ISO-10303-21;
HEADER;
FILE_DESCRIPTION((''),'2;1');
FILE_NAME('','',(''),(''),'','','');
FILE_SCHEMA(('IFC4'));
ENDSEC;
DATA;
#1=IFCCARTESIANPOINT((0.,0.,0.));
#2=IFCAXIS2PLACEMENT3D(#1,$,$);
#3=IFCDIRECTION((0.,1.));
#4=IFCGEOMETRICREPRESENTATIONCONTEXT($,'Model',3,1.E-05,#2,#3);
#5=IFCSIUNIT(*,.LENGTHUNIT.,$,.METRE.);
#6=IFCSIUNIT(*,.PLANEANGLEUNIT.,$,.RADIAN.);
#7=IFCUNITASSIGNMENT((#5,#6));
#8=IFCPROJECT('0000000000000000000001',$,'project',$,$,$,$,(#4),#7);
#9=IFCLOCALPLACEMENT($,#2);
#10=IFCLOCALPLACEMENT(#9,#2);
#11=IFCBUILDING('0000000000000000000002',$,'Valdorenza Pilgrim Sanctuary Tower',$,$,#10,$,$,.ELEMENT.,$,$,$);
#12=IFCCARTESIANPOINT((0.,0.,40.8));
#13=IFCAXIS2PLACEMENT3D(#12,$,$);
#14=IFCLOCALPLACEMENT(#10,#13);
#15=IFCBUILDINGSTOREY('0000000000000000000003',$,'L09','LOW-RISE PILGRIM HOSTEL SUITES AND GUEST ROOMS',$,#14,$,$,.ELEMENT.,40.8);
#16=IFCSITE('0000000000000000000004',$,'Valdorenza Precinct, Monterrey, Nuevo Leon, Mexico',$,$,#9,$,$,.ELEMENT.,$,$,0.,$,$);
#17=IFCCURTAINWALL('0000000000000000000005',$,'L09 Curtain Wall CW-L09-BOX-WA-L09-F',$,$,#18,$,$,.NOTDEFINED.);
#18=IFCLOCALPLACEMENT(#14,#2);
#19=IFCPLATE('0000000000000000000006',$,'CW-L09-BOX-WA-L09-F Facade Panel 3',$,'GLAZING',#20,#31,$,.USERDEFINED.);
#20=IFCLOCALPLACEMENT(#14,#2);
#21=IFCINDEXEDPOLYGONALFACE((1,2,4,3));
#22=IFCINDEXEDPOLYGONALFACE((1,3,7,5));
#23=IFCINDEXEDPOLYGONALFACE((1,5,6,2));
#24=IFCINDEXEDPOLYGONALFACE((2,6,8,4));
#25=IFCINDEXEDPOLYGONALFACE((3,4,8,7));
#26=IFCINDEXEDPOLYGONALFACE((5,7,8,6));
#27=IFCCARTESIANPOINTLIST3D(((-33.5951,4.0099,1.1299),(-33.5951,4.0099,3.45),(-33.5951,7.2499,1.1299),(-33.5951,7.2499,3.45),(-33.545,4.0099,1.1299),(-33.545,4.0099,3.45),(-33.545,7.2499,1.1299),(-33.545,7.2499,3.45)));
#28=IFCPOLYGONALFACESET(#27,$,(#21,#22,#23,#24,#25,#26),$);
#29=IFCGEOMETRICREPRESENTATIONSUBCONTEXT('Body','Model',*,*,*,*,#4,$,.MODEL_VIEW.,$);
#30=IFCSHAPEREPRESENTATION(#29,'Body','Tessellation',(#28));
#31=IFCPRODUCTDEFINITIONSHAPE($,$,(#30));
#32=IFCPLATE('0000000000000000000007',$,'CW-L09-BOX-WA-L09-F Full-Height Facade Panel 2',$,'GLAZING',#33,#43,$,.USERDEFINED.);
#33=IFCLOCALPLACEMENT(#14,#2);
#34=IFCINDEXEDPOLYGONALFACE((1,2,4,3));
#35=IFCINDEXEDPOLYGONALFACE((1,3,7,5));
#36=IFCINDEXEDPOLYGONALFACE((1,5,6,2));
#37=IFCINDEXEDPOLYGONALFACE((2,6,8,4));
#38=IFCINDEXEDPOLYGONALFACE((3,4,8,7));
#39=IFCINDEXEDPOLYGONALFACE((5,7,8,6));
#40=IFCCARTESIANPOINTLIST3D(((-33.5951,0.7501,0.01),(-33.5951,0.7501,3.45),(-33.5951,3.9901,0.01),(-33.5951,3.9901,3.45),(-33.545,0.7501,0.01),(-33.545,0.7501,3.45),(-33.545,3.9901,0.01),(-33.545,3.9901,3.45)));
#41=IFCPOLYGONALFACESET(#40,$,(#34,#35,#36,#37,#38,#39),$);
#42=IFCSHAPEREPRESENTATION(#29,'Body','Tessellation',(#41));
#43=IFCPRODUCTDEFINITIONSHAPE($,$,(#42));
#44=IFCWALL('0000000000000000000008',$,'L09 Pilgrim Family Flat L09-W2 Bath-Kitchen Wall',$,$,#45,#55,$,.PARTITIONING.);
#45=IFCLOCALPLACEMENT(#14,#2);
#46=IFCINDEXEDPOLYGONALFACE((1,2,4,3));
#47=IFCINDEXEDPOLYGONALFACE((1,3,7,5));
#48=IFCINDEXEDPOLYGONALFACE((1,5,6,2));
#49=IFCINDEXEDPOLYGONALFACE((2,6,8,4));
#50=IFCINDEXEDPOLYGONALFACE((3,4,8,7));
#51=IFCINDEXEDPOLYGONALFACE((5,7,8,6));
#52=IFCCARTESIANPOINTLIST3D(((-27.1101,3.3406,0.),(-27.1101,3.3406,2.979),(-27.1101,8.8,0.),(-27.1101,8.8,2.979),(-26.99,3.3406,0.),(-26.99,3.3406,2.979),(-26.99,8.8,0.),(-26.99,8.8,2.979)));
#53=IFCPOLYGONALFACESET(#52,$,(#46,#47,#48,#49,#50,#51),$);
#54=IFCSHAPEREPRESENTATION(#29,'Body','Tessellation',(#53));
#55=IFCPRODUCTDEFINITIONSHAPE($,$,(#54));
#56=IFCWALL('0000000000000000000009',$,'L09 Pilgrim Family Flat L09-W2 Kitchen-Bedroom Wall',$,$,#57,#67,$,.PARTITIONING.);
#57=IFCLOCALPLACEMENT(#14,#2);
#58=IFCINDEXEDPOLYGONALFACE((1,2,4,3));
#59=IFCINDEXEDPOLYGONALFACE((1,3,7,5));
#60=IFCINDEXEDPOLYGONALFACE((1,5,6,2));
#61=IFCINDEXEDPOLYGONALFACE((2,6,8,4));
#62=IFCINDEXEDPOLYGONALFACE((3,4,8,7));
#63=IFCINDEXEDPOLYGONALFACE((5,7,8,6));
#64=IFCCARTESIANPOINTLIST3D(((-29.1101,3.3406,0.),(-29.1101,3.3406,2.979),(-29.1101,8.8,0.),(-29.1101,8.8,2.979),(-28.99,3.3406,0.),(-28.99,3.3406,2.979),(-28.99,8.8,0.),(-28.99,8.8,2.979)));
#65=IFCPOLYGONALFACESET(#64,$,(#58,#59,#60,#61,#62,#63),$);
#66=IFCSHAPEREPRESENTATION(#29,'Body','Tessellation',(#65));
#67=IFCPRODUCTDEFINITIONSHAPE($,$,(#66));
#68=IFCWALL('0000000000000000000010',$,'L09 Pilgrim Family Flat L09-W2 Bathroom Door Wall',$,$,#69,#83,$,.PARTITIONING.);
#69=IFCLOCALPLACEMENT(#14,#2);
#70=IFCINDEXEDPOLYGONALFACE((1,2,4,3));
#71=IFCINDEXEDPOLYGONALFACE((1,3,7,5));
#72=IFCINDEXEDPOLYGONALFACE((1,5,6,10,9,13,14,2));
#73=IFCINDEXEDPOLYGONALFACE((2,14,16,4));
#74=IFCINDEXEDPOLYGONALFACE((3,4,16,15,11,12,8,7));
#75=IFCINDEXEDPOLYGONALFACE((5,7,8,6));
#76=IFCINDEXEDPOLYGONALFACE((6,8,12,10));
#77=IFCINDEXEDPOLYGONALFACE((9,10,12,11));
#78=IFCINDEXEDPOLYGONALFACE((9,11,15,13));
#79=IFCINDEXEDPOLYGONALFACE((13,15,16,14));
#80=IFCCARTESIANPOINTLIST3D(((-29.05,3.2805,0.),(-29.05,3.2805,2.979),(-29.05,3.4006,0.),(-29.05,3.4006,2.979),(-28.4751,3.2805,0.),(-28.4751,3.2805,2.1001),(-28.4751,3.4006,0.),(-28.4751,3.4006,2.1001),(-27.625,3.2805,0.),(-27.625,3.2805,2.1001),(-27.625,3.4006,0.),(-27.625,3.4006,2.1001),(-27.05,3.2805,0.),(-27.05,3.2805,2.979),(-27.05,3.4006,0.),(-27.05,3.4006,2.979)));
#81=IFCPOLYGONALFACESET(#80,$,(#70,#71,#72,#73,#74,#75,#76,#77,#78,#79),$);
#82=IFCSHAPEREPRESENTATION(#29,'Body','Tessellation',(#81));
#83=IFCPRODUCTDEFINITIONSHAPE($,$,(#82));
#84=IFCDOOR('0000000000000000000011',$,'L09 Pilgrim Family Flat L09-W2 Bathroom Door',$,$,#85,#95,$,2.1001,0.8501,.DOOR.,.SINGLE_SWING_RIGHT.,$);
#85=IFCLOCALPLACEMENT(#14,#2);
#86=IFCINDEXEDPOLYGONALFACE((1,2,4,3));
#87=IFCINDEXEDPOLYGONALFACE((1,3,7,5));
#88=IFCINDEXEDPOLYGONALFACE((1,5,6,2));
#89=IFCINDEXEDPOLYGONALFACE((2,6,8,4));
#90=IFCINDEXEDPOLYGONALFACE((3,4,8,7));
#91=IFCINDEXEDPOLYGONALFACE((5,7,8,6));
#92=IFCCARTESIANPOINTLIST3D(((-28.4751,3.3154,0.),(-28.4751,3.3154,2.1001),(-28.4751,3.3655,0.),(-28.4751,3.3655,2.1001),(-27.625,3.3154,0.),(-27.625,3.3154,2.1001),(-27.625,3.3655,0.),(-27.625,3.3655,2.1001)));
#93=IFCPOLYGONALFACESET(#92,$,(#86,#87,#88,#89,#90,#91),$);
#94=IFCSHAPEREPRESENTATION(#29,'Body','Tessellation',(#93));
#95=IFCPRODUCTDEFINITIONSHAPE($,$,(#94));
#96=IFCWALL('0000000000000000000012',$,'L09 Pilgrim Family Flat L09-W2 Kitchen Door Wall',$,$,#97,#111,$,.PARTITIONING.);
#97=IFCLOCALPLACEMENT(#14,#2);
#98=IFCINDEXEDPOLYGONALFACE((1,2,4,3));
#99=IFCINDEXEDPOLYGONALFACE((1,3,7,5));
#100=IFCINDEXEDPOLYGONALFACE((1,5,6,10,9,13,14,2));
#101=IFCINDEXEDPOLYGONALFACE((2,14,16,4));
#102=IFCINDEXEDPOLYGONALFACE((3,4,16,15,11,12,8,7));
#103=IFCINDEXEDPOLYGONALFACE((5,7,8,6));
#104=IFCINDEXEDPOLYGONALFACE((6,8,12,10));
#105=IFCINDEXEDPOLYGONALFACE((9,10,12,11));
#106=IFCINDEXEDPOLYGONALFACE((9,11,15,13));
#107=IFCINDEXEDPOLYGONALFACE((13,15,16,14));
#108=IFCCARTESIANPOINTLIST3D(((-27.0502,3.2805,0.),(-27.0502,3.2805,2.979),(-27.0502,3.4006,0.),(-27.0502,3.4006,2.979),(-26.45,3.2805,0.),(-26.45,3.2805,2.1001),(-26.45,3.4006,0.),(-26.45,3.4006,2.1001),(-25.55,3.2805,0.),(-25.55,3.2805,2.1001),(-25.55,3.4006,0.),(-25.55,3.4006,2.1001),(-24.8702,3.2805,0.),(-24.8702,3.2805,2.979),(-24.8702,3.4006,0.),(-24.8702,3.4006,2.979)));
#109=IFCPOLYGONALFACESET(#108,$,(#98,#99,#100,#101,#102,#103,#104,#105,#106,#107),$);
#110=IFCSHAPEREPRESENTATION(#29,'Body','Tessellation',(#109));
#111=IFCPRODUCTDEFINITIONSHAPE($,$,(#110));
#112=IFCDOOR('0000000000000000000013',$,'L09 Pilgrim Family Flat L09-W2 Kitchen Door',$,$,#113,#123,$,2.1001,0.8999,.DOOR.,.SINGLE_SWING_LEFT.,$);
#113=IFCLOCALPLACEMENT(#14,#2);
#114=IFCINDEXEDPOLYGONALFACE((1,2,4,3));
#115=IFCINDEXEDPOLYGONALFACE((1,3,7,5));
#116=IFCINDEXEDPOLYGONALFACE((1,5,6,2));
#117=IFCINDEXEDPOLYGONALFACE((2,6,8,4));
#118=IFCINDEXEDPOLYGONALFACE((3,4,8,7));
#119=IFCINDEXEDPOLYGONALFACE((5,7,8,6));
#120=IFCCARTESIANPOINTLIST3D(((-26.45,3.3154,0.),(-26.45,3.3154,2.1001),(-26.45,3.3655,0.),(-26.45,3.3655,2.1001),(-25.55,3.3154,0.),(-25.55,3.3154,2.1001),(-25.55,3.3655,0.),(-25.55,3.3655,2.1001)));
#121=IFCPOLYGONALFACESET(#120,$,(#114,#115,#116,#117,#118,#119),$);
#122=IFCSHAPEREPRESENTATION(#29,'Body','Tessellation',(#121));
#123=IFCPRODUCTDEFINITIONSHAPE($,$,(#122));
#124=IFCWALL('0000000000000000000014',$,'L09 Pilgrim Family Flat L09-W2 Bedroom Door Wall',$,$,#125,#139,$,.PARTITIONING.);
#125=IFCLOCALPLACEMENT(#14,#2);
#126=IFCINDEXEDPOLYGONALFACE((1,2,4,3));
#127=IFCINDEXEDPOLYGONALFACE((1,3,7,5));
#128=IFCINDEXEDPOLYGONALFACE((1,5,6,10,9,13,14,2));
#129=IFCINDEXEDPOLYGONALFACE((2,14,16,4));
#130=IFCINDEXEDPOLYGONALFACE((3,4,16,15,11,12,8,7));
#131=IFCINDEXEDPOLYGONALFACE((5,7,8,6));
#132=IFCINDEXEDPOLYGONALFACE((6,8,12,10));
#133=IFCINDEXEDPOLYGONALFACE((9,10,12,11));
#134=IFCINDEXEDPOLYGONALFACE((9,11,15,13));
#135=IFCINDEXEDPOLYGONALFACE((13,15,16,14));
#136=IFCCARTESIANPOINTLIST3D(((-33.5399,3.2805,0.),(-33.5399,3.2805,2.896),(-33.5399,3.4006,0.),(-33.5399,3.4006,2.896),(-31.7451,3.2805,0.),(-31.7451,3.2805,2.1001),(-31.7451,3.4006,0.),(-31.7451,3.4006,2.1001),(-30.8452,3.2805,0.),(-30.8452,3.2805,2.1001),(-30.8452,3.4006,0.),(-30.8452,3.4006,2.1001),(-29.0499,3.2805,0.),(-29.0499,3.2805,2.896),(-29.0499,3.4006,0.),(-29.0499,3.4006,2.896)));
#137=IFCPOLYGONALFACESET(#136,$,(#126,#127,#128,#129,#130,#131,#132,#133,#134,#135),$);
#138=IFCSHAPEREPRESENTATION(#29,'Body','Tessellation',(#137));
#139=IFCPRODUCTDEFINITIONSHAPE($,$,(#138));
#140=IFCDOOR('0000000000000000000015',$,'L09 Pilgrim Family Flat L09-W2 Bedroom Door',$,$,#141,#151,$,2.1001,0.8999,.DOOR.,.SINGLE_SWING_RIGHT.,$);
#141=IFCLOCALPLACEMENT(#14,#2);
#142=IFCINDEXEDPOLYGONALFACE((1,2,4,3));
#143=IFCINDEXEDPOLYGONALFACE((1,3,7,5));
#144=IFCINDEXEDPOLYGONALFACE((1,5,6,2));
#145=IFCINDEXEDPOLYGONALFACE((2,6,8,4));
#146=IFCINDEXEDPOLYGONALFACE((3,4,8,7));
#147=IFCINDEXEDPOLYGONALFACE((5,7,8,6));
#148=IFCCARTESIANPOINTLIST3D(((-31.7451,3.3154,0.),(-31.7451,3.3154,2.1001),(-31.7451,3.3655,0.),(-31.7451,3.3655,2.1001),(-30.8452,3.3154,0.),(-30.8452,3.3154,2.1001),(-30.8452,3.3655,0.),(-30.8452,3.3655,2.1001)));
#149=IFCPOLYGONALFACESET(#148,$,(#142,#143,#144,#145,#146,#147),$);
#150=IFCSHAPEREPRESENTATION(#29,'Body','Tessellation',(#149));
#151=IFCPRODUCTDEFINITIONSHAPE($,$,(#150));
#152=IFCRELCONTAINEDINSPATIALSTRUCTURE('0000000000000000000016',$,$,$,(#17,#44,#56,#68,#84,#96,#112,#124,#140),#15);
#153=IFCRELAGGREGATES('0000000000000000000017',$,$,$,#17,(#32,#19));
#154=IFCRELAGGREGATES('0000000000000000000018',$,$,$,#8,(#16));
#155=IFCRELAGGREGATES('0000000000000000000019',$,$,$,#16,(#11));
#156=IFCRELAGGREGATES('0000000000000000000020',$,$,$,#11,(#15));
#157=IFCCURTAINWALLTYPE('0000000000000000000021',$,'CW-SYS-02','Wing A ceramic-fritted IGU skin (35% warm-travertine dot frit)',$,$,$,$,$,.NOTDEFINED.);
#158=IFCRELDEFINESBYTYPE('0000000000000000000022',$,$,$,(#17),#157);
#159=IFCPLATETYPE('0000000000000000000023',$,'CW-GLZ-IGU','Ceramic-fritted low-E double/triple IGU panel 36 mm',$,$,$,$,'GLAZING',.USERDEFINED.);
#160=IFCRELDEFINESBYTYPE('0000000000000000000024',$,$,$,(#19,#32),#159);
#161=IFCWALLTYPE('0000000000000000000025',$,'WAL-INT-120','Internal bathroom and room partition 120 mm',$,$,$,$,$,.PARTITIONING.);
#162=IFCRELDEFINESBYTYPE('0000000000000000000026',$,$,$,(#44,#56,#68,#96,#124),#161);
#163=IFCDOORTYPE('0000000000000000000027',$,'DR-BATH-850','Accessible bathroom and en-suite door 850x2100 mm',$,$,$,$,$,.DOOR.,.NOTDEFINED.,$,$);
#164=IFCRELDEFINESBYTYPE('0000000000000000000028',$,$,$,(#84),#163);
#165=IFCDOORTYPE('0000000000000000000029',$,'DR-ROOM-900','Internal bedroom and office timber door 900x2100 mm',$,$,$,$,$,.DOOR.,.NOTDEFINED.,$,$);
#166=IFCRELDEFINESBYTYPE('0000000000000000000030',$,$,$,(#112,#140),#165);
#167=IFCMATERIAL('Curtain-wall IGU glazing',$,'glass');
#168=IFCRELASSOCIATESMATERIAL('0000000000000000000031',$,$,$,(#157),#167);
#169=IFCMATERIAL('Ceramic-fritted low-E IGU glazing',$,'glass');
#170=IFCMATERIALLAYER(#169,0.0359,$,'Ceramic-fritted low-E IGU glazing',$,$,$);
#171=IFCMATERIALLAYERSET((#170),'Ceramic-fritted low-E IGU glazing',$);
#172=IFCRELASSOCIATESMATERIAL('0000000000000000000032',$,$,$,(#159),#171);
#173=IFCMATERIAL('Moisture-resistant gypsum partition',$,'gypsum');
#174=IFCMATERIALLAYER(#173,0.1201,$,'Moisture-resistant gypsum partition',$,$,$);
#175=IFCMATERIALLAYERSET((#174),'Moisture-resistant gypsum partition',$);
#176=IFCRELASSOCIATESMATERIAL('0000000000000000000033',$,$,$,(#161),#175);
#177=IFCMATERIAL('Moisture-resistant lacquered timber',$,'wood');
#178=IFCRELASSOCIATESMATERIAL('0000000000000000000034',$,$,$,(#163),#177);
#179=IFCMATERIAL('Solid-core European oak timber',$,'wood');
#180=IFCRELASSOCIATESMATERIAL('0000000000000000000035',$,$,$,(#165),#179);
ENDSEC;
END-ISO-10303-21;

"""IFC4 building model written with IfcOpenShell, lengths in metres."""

from ifc_helpers import new_model, si_unit, direction, frame, frame_2d, origin, origin_2d, place, context, subcontext, project, spatial, rectangle, extrude, source, transform, mapped, material, layer, layer_set, type_object, element, fill, aggregate, save


model = new_model("IFC4")

# Units and contexts
model_context = context("Model", 3, precision=1e-05, world=origin(), true_north=direction((0.0, 1.0)))
body_context = subcontext(model_context, "Body", "Model", "MODEL_VIEW")
ifc_project = project(units=[si_unit("LENGTHUNIT", "METRE"), si_unit("PLANEANGLEUNIT", "RADIAN")], contexts=[model_context])

# Site, building, storey
site_placement = place(None, origin())
site = spatial("IfcSite", under=ifc_project, at=site_placement, Name="Valdorenza Precinct, Monterrey, Nuevo Leon, Mexico", CompositionType="ELEMENT", RefElevation=0.0)
building_placement = place(site_placement, origin())
building = spatial("IfcBuilding", under=site, at=building_placement, Name="Valdorenza Pilgrim Sanctuary Tower", CompositionType="ELEMENT")
storey_placement = place(building_placement, frame((0.0, 0.0, 40.8)))
storey = spatial("IfcBuildingStorey", under=building, at=storey_placement, Name="L09", Description="LOW-RISE PILGRIM HOSTEL SUITES AND GUEST ROOMS", CompositionType="ELEMENT", Elevation=40.8)

# Curtain wall, plates
ifc_material_1 = material(Name="Curtain-wall IGU glazing", Category="glass")
curtain_wall_type = type_object("IfcCurtainWallType", Name="CW-SYS-02", Description="Wing A ceramic-fritted IGU skin (35% warm-travertine dot frit)", PredefinedType="NOTDEFINED", material=ifc_material_1)
curtain_wall_placement = place(storey_placement, origin())
curtain_wall = element("IfcCurtainWall", 1, at=curtain_wall_placement, inside=storey, type_object=curtain_wall_type, Name="L09 Curtain Wall CW-L09-BOX-WA-L09-F", PredefinedType="NOTDEFINED")
ifc_material_2 = material(Name="Ceramic-fritted low-E IGU glazing", Category="glass")
ifc_layer_1 = layer(ifc_material_2, 0.0359, Name="Ceramic-fritted low-E IGU glazing")
ifc_layer_set_1 = layer_set([ifc_layer_1], Name="Ceramic-fritted low-E IGU glazing")
plate_type_1 = type_object("IfcPlateType", Name="CW-GLZ-IGU", Description="Ceramic-fritted low-E double/triple IGU panel 36 mm", ElementType="GLAZING", PredefinedType="USERDEFINED", material=ifc_layer_set_1)
shared_shape_1 = source(origin(), body_context, "Body", "SweptSolid", [
    extrude(rectangle(XDim=3.24, YDim=0.05, at=origin_2d()), origin(), (0.0, 0.0, 1.0), 2.3201),
])
plate_1_placement = place(storey_placement, frame((-33.5701, 5.6299, 1.1299), z_axis=(0.0, 0.0, 1.0), x_axis=(0.0, 1.0, 0.0)))
plate_1 = element("IfcPlate", 2, at=plate_1_placement, type_object=plate_type_1, Name="CW-L09-BOX-WA-L09-F Facade Panel 3", ObjectType="GLAZING", PredefinedType="USERDEFINED", context=body_context, shape_type="MappedRepresentation", body=[
    mapped(shared_shape_1, transform((0.0, 0.0, 0.0), x_axis=(1.0, 0.0, 0.0), y_axis=(0.0, 1.0, 0.0), z_axis=(0.0, 0.0, 1.0), scale=1.0)),
])
shared_shape_2 = source(origin(), body_context, "Body", "SweptSolid", [
    extrude(rectangle(XDim=3.24, YDim=0.05, at=origin_2d()), origin(), (0.0, 0.0, 1.0), 3.4399),
])
plate_2_placement = place(storey_placement, frame((-33.5701, 2.3701, 0.01), z_axis=(0.0, 0.0, 1.0), x_axis=(0.0, 1.0, 0.0)))
plate_2 = element("IfcPlate", 3, at=plate_2_placement, type_object=plate_type_1, Name="CW-L09-BOX-WA-L09-F Full-Height Facade Panel 2", ObjectType="GLAZING", PredefinedType="USERDEFINED", context=body_context, shape_type="MappedRepresentation", body=[
    mapped(shared_shape_2, transform((0.0, 0.0, 0.0), x_axis=(1.0, 0.0, 0.0), y_axis=(0.0, 1.0, 0.0), z_axis=(0.0, 0.0, 1.0), scale=1.0)),
])
aggregate(curtain_wall, [plate_2, plate_1])

# Walls
ifc_material_3 = material(Name="Moisture-resistant gypsum partition", Category="gypsum")
ifc_layer_2 = layer(ifc_material_3, 0.1201, Name="Moisture-resistant gypsum partition")
ifc_layer_set_2 = layer_set([ifc_layer_2], Name="Moisture-resistant gypsum partition")
wall_type = type_object("IfcWallType", Name="WAL-INT-120", Description="Internal bathroom and room partition 120 mm", PredefinedType="PARTITIONING", material=ifc_layer_set_2)
for number, where, z_axis, x_axis, name in (
    (4, (-27.05, 3.3406, 0.0), (0.0, 0.0, 1.0), (0.0, 1.0, 0.0), "L09 Pilgrim Family Flat L09-W2 Bath-Kitchen Wall"),
    (5, (-29.05, 3.3406, 0.0), (0.0, 0.0, 1.0), (0.0, 1.0, 0.0), "L09 Pilgrim Family Flat L09-W2 Kitchen-Bedroom Wall"),
):
    element("IfcWall", number, at=place(storey_placement, frame(where, z_axis=z_axis, x_axis=x_axis)), inside=storey, type_object=wall_type, Name=name, PredefinedType="PARTITIONING", context=body_context, shape_type="SweptSolid", body=[
        extrude(rectangle(XDim=5.4595, YDim=0.1201, at=frame_2d((2.7297, 0.0))), origin(), (0.0, 0.0, 1.0), 2.979),
    ])

# Walls, openings, doors
wall_1_placement = place(storey_placement, frame((-29.05, 3.3406, 0.0), z_axis=(0.0, 0.0, 1.0), x_axis=(1.0, 0.0, 0.0)))
wall_1 = element("IfcWall", 6, at=wall_1_placement, inside=storey, type_object=wall_type, Name="L09 Pilgrim Family Flat L09-W2 Bathroom Door Wall", PredefinedType="PARTITIONING", context=body_context, shape_type="SweptSolid", body=[
    extrude(rectangle(XDim=2.0, YDim=0.1201, at=frame_2d((1.0, 0.0))), origin(), (0.0, 0.0, 1.0), 2.979),
])
opening_1_placement = place(wall_1_placement, frame((0.575, 0.0, 0.0)))
opening_1 = element("IfcOpeningElement", 7, at=opening_1_placement, cuts=wall_1, PredefinedType="OPENING", context=body_context, shape_type="SweptSolid", body=[
    extrude(rectangle(XDim=0.8501, YDim=2.1001, at=frame_2d((0.425, 1.05))), frame((0.0, 0.075, 0.0), z_axis=(0.0, -1.0, 0.0), x_axis=(1.0, 0.0, 0.0)), (0.0, 0.0, 1.0), 0.1499),
])
ifc_material_4 = material(Name="Moisture-resistant lacquered timber", Category="wood")
door_type_1 = type_object("IfcDoorType", Name="DR-BATH-850", Description="Accessible bathroom and en-suite door 850x2100 mm", OperationType="NOTDEFINED", PredefinedType="DOOR", material=ifc_material_4)
door_1_placement = place(opening_1_placement, origin())
door_1 = element("IfcDoor", 8, at=door_1_placement, inside=storey, type_object=door_type_1, Name="L09 Pilgrim Family Flat L09-W2 Bathroom Door", OperationType="SINGLE_SWING_RIGHT", OverallHeight=2.1001, OverallWidth=0.8501, PredefinedType="DOOR", context=body_context, shape_type="SweptSolid", body=[
    extrude(rectangle(XDim=0.8501, YDim=2.1001, at=frame_2d((0.425, 1.05))), frame((0.0, 0.0249, 0.0), z_axis=(0.0, -1.0, 0.0), x_axis=(1.0, 0.0, 0.0)), (0.0, 0.0, 1.0), 0.05),
])
fill(opening_1, door_1)
wall_2_placement = place(storey_placement, frame((-27.05, 3.3406, 0.0), z_axis=(0.0, 0.0, 1.0), x_axis=(1.0, 0.0, 0.0)))
wall_2 = element("IfcWall", 9, at=wall_2_placement, inside=storey, type_object=wall_type, Name="L09 Pilgrim Family Flat L09-W2 Kitchen Door Wall", PredefinedType="PARTITIONING", context=body_context, shape_type="SweptSolid", body=[
    extrude(rectangle(XDim=2.1799, YDim=0.1201, at=frame_2d((1.0898, 0.0))), origin(), (0.0, 0.0, 1.0), 2.979),
])
opening_2_placement = place(wall_2_placement, frame((0.6001, 0.0, 0.0)))
opening_2 = element("IfcOpeningElement", 10, at=opening_2_placement, cuts=wall_2, PredefinedType="OPENING", context=body_context, shape_type="SweptSolid", body=[
    extrude(rectangle(XDim=0.8999, YDim=2.1001, at=frame_2d((0.45, 1.05))), frame((0.0, 0.075, 0.0), z_axis=(0.0, -1.0, 0.0), x_axis=(1.0, 0.0, 0.0)), (0.0, 0.0, 1.0), 0.1499),
])
ifc_material_5 = material(Name="Solid-core European oak timber", Category="wood")
door_type_2 = type_object("IfcDoorType", Name="DR-ROOM-900", Description="Internal bedroom and office timber door 900x2100 mm", OperationType="NOTDEFINED", PredefinedType="DOOR", material=ifc_material_5)
door_2_placement = place(opening_2_placement, origin())
door_2 = element("IfcDoor", 11, at=door_2_placement, inside=storey, type_object=door_type_2, Name="L09 Pilgrim Family Flat L09-W2 Kitchen Door", OperationType="SINGLE_SWING_LEFT", OverallHeight=2.1001, OverallWidth=0.8999, PredefinedType="DOOR", context=body_context, shape_type="SweptSolid", body=[
    extrude(rectangle(XDim=0.8999, YDim=2.1001, at=frame_2d((0.45, 1.05))), frame((0.0, 0.0249, 0.0), z_axis=(0.0, -1.0, 0.0), x_axis=(1.0, 0.0, 0.0)), (0.0, 0.0, 1.0), 0.05),
])
fill(opening_2, door_2)
wall_3_placement = place(storey_placement, frame((-33.54, 3.3406, 0.0), z_axis=(0.0, 0.0, 1.0), x_axis=(1.0, 0.0, 0.0)))
wall_3 = element("IfcWall", 12, at=wall_3_placement, inside=storey, type_object=wall_type, Name="L09 Pilgrim Family Flat L09-W2 Bedroom Door Wall", PredefinedType="PARTITIONING", context=body_context, shape_type="SweptSolid", body=[
    extrude(rectangle(XDim=4.49, YDim=0.1201, at=frame_2d((2.2451, 0.0))), origin(), (0.0, 0.0, 1.0), 2.896),
])
opening_3_placement = place(wall_3_placement, frame((1.7949, 0.0, 0.0)))
opening_3 = element("IfcOpeningElement", 13, at=opening_3_placement, cuts=wall_3, PredefinedType="OPENING", context=body_context, shape_type="SweptSolid", body=[
    extrude(rectangle(XDim=0.8999, YDim=2.1001, at=frame_2d((0.45, 1.05))), frame((0.0, 0.075, 0.0), z_axis=(0.0, -1.0, 0.0), x_axis=(1.0, 0.0, 0.0)), (0.0, 0.0, 1.0), 0.1499),
])
door_3_placement = place(opening_3_placement, origin())
door_3 = element("IfcDoor", 14, at=door_3_placement, inside=storey, type_object=door_type_2, Name="L09 Pilgrim Family Flat L09-W2 Bedroom Door", OperationType="SINGLE_SWING_RIGHT", OverallHeight=2.1001, OverallWidth=0.8999, PredefinedType="DOOR", context=body_context, shape_type="SweptSolid", body=[
    extrude(rectangle(XDim=0.8999, YDim=2.1001, at=frame_2d((0.45, 1.05))), frame((0.0, 0.0249, 0.0), z_axis=(0.0, -1.0, 0.0), x_axis=(1.0, 0.0, 0.0)), (0.0, 0.0, 1.0), 0.05),
])
fill(opening_3, door_3)

save(model, "model.ifc")
